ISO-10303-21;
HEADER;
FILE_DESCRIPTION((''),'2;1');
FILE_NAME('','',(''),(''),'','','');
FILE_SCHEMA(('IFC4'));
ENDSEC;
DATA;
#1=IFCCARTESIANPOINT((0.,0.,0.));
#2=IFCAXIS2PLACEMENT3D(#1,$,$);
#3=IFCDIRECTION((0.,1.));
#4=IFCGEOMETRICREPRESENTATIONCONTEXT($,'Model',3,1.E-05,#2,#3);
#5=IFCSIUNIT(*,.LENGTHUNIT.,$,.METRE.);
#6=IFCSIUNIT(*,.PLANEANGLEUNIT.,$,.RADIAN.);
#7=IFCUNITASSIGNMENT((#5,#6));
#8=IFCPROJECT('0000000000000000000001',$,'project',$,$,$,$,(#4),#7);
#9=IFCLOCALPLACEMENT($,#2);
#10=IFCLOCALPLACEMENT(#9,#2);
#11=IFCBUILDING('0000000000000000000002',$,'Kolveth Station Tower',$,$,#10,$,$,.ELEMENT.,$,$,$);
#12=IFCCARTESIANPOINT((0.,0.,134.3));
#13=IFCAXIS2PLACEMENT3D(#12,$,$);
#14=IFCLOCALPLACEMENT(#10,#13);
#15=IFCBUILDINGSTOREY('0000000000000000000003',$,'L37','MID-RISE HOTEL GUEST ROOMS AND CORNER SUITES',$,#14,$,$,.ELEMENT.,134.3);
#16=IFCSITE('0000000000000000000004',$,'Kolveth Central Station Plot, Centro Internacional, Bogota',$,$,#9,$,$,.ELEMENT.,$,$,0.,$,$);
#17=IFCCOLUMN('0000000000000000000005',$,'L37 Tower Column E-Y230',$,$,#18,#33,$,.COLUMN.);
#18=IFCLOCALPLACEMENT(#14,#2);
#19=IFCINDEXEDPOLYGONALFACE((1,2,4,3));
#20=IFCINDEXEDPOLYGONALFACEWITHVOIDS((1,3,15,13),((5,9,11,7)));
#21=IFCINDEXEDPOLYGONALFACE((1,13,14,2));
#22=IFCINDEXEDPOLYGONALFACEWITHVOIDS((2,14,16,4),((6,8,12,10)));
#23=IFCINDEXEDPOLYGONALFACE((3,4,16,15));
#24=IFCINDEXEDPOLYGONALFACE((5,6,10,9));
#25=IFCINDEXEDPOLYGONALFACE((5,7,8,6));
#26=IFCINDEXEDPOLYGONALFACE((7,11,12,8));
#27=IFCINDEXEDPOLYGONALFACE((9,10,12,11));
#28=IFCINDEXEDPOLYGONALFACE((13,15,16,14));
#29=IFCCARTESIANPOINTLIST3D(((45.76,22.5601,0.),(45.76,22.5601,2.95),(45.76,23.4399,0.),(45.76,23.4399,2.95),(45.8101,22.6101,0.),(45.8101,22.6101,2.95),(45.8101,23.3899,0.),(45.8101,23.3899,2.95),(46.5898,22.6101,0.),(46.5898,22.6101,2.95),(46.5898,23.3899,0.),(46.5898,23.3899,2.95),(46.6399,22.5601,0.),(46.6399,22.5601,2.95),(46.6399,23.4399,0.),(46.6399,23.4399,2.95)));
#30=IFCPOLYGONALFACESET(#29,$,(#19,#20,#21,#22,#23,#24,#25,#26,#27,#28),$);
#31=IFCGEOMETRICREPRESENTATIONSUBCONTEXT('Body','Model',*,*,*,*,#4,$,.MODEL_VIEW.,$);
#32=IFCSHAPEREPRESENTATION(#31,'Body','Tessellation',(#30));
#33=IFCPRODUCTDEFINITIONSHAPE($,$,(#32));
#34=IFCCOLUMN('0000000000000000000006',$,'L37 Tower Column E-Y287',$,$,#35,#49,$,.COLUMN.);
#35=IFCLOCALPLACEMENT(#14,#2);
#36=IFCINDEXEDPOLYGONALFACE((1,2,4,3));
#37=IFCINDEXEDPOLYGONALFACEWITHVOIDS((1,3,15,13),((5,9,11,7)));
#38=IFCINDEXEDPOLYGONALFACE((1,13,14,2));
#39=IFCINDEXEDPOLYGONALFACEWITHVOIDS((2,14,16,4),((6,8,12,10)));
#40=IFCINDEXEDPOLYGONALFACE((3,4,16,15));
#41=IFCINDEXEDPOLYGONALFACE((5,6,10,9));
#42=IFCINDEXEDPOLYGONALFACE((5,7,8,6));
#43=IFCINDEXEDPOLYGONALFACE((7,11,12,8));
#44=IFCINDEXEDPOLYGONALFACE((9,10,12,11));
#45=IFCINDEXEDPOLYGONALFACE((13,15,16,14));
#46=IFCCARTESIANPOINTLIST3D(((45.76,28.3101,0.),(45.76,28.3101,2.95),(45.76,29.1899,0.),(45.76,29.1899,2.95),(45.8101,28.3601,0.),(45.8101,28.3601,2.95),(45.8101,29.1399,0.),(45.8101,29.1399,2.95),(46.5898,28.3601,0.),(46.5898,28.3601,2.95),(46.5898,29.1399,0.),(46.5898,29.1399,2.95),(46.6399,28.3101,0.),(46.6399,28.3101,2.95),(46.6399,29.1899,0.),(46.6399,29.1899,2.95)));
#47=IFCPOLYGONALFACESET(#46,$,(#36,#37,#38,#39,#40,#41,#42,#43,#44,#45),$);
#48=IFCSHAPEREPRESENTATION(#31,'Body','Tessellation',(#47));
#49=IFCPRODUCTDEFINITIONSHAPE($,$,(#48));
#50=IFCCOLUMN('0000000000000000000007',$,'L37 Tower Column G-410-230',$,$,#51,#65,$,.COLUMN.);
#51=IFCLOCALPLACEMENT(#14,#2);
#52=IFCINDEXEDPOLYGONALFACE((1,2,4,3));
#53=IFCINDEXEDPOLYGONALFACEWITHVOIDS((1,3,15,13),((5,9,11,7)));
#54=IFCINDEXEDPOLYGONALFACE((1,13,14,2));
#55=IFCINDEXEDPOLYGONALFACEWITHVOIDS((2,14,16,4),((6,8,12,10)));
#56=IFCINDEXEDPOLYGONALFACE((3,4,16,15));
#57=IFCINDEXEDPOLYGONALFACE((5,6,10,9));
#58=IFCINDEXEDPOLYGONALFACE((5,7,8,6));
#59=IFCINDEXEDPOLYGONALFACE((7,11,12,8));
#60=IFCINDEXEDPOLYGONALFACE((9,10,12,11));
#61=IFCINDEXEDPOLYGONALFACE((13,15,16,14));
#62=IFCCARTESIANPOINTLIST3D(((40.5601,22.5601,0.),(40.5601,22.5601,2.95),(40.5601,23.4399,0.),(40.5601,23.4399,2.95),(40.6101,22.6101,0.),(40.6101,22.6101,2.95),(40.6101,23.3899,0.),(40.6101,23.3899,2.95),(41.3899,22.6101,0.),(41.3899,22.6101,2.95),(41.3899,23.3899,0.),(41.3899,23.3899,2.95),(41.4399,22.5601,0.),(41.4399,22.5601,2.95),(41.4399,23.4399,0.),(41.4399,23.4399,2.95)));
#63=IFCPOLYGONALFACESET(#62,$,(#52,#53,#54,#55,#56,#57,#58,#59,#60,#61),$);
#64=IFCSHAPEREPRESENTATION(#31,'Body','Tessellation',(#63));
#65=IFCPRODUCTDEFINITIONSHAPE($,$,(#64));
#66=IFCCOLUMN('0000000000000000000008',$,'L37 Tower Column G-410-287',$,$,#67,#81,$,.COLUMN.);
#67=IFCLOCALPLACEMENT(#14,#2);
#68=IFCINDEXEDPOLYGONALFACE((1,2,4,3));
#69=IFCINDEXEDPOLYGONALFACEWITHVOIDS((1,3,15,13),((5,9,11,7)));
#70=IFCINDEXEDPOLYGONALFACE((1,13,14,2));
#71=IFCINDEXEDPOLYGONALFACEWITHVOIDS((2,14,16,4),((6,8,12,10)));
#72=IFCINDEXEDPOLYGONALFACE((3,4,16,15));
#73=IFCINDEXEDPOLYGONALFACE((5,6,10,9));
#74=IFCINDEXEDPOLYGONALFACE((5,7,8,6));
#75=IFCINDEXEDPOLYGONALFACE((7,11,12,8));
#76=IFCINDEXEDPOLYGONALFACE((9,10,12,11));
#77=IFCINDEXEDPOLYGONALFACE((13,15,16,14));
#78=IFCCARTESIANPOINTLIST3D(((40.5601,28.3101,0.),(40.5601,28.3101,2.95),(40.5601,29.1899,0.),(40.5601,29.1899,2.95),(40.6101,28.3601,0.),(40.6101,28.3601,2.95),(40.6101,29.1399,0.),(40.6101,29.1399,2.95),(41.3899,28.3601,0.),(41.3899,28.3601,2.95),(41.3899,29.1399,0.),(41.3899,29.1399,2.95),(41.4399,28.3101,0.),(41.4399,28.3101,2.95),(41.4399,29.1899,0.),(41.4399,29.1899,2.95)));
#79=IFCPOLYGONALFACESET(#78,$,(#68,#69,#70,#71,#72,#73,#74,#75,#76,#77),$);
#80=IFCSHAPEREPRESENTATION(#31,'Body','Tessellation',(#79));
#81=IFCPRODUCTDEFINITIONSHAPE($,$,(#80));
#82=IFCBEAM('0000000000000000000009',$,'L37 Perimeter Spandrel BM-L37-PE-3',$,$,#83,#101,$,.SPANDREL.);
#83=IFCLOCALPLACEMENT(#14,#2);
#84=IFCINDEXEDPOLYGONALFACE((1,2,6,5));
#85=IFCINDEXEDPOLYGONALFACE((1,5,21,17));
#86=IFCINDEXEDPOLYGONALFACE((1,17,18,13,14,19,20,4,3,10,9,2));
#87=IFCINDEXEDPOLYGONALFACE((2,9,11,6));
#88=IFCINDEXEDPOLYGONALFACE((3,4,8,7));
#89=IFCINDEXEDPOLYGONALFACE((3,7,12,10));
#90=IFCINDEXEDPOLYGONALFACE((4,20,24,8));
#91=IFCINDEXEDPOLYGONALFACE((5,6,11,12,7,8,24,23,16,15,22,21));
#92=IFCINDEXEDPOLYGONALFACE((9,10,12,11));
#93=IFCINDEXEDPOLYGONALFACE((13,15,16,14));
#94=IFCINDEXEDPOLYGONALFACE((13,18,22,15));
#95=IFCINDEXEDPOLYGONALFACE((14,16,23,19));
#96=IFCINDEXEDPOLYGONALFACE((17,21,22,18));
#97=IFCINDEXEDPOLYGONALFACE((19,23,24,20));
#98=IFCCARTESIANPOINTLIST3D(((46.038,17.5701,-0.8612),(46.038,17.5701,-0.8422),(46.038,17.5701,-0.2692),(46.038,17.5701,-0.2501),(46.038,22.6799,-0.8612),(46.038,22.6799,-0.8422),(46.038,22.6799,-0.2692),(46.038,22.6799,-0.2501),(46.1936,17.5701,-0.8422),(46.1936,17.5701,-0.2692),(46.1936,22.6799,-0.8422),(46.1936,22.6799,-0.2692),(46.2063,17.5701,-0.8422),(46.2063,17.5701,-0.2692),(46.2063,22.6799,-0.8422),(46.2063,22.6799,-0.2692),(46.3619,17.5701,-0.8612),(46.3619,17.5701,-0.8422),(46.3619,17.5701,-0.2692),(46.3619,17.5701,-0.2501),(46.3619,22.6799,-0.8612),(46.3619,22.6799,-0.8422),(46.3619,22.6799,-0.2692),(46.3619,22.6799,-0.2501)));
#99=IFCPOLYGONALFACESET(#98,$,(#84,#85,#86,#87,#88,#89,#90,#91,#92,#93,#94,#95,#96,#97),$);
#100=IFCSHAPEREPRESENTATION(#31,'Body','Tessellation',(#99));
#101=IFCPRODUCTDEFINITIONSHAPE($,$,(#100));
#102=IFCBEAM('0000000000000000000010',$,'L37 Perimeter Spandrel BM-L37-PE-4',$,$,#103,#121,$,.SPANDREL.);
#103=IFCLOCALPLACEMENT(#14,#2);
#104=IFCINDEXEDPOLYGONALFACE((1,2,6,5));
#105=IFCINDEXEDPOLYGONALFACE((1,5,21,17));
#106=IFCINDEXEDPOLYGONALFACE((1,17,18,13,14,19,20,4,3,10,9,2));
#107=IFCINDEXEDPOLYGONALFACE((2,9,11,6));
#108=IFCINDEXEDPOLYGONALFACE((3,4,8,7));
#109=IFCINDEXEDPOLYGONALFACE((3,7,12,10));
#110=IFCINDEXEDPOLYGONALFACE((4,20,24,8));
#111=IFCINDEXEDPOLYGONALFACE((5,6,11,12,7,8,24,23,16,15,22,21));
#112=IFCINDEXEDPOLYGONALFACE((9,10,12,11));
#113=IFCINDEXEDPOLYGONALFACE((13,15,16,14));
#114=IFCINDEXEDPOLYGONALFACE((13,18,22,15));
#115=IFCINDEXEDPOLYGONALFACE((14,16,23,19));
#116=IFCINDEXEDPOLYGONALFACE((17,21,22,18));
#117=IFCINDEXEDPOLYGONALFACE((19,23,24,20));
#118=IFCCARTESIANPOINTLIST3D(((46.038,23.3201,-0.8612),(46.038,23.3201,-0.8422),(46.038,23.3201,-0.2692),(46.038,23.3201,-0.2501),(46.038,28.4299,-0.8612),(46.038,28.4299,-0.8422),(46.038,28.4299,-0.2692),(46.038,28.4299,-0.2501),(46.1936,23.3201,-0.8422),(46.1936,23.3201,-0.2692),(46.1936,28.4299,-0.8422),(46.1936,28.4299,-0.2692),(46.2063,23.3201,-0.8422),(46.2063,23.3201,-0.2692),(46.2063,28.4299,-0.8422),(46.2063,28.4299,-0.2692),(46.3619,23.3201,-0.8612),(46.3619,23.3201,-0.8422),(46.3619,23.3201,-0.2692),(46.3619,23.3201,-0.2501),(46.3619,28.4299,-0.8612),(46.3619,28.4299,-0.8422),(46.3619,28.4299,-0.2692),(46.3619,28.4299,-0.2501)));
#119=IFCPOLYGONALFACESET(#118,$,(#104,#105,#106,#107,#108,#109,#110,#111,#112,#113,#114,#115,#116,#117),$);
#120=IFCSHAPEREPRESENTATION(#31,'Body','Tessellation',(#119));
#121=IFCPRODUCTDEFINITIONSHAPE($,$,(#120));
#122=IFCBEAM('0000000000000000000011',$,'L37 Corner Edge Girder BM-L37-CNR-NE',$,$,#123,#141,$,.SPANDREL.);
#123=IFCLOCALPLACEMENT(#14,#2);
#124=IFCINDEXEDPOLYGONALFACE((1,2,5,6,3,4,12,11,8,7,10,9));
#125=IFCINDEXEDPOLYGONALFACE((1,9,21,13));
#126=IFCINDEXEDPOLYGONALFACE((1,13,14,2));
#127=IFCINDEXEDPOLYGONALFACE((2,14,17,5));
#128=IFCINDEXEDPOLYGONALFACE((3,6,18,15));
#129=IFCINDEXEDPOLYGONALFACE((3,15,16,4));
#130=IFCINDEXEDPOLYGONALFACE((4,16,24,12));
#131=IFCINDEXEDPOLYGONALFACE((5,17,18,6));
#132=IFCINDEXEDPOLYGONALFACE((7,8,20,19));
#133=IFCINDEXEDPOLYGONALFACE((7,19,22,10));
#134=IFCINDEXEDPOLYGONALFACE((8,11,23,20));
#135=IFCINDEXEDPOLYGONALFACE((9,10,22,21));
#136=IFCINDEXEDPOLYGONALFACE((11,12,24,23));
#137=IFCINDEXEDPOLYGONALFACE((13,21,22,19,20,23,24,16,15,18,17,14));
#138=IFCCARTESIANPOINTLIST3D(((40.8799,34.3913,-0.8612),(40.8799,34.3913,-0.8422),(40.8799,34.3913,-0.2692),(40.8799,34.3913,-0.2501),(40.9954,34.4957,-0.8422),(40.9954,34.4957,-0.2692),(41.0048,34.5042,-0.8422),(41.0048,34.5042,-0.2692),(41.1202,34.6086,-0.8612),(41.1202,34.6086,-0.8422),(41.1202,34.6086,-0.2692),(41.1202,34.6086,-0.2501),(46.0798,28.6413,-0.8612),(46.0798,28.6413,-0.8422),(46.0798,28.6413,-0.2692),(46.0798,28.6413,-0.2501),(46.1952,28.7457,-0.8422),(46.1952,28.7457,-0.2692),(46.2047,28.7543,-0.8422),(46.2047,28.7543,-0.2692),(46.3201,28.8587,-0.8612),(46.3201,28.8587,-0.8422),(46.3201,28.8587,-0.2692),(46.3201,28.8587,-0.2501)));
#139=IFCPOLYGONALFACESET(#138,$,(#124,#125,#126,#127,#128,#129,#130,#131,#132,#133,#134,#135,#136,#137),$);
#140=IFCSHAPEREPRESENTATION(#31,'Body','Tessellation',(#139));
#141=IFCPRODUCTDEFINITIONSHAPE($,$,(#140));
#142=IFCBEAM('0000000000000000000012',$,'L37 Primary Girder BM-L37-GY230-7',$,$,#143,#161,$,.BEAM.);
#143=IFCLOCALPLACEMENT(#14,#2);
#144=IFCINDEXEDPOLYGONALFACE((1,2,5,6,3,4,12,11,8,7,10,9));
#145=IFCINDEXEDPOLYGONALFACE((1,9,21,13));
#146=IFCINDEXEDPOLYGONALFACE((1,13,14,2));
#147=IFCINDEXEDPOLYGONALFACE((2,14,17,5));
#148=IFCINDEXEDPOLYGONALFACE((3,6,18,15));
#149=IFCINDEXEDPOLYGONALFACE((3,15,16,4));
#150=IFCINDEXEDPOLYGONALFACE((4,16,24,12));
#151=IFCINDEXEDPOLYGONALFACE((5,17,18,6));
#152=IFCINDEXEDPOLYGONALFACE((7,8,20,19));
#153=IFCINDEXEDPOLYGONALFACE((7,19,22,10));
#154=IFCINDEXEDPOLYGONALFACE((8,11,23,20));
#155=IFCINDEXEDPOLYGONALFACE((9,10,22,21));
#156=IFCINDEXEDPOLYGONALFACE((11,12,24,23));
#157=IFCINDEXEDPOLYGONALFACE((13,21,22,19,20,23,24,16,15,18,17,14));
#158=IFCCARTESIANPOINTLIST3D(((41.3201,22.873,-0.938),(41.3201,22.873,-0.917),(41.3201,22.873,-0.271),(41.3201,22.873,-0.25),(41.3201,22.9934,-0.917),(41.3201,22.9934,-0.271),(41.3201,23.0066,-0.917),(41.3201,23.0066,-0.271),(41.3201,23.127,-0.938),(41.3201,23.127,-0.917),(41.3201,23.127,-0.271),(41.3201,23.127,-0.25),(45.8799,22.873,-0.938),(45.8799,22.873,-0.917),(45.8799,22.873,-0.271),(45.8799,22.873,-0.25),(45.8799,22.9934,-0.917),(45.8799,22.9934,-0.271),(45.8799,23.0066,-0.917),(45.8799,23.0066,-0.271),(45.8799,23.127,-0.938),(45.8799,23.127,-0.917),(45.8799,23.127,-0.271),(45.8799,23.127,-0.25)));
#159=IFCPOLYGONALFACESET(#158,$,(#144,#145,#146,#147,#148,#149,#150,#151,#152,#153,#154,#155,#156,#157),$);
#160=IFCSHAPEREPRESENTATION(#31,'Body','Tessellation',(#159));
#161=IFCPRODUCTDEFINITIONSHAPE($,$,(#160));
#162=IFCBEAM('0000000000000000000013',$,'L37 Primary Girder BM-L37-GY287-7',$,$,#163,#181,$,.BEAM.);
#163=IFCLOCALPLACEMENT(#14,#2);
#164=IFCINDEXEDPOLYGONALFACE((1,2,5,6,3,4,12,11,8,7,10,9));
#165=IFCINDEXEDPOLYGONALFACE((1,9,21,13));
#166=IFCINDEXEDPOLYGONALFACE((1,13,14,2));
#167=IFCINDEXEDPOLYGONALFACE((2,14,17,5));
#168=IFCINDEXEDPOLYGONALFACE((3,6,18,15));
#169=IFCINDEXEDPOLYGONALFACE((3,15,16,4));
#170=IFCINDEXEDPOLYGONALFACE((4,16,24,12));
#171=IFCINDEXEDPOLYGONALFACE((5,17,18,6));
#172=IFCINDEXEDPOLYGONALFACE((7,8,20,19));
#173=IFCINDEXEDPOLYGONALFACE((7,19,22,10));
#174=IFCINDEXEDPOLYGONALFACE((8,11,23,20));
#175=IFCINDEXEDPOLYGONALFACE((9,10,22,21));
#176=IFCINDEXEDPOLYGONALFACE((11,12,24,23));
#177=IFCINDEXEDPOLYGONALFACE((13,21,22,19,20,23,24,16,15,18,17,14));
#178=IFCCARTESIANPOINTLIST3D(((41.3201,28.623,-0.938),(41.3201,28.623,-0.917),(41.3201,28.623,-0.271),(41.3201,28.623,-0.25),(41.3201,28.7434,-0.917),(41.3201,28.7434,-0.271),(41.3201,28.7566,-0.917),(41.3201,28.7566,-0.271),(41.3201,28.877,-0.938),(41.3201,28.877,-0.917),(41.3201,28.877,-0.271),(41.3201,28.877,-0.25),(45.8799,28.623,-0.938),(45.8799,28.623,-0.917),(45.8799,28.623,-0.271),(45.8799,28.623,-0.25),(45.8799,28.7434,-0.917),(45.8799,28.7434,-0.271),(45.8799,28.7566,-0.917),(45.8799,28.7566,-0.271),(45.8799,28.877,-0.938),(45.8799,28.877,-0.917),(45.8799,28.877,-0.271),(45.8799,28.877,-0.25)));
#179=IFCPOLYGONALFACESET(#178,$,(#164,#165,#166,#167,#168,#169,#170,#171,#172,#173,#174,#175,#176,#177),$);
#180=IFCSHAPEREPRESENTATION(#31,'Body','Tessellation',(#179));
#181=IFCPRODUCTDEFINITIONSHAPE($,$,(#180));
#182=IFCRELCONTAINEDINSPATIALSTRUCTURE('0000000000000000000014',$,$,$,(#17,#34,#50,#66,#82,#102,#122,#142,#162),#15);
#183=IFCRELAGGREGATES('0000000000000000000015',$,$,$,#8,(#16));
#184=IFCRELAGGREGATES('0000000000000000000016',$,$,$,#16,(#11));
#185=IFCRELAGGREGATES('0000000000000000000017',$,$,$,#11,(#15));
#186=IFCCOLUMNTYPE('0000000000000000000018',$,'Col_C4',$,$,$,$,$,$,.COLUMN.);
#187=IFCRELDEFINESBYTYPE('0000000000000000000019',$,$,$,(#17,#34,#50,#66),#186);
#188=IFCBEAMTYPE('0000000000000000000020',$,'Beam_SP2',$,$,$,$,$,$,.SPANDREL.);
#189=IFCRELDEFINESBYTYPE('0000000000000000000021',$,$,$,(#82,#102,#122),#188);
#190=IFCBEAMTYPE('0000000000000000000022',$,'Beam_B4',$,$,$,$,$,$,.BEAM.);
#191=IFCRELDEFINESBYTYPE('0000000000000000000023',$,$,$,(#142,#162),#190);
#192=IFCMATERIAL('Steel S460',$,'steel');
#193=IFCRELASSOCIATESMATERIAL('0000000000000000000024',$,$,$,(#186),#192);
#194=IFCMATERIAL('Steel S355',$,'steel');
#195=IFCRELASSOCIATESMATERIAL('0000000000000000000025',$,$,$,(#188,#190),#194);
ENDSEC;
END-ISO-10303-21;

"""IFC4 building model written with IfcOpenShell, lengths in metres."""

from ifc_helpers import new_model, si_unit, direction, frame, origin, origin_2d, place, context, subcontext, project, spatial, hollow_rectangle, i_section, extrude, source, transform, mapped, material, material_profile, profile_set, type_object, element, save


model = new_model("IFC4")

# Units and contexts
model_context = context("Model", 3, precision=1e-05, world=origin(), true_north=direction((0.0, 1.0)))
body_context = subcontext(model_context, "Body", "Model", "MODEL_VIEW")
ifc_project = project(units=[si_unit("LENGTHUNIT", "METRE"), si_unit("PLANEANGLEUNIT", "RADIAN")], contexts=[model_context])

# Site, building, storey
site_placement = place(None, origin())
site = spatial("IfcSite", under=ifc_project, at=site_placement, Name="Kolveth Central Station Plot, Centro Internacional, Bogota", CompositionType="ELEMENT", RefElevation=0.0)
building_placement = place(site_placement, origin())
building = spatial("IfcBuilding", under=site, at=building_placement, Name="Kolveth Station Tower", CompositionType="ELEMENT")
storey_placement = place(building_placement, frame((0.0, 0.0, 134.3)))
storey = spatial("IfcBuildingStorey", under=building, at=storey_placement, Name="L37", Description="MID-RISE HOTEL GUEST ROOMS AND CORNER SUITES", CompositionType="ELEMENT", Elevation=134.3)

# Columns
ifc_material_1 = material(Name="Steel S460", Category="steel")
ifc_material_profile_1 = material_profile(ifc_material_1, hollow_rectangle(XDim=0.8799, YDim=0.8799, WallThickness=0.05, at=origin_2d()), Name="BOX880x880x50")
ifc_profile_set_1 = profile_set([ifc_material_profile_1], Name="Steel S460")
column_type = type_object("IfcColumnType", Name="Col_C4", PredefinedType="COLUMN", material=ifc_profile_set_1)
shared_shape_1 = source(origin(), body_context, "Body", "SweptSolid", [
    extrude(hollow_rectangle(XDim=0.8799, YDim=0.8799, WallThickness=0.05, at=origin_2d()), origin(), (0.0, 0.0, 1.0), 2.95),
])
for number, where, z_axis, x_axis, name in (
    (1, (46.2, 23.0, 0.0), (0.0, 0.0, 1.0), (1.0, 0.0, 0.0), "L37 Tower Column E-Y230"),
    (2, (46.2, 28.75, 0.0), (0.0, 0.0, 1.0), (1.0, 0.0, 0.0), "L37 Tower Column E-Y287"),
    (3, (41.0, 23.0, 0.0), (0.0, 0.0, 1.0), (1.0, 0.0, 0.0), "L37 Tower Column G-410-230"),
    (4, (41.0, 28.75, 0.0), (0.0, 0.0, 1.0), (1.0, 0.0, 0.0), "L37 Tower Column G-410-287"),
):
    element("IfcColumn", number, at=place(storey_placement, frame(where, z_axis=z_axis, x_axis=x_axis)), inside=storey, type_object=column_type, Name=name, PredefinedType="COLUMN", context=body_context, shape_type="MappedRepresentation", body=[
        mapped(shared_shape_1, transform((0.0, 0.0, 0.0), x_axis=(1.0, 0.0, 0.0), y_axis=(0.0, 1.0, 0.0), z_axis=(0.0, 0.0, 1.0), scale=1.0)),
    ])

# Beams
ifc_material_2 = material(Name="Steel S355", Category="steel")
ifc_material_profile_2 = material_profile(ifc_material_2, i_section(OverallWidth=0.324, OverallDepth=0.6111, WebThickness=0.0127, FlangeThickness=0.019, at=origin_2d()), Name="W610x155")
ifc_profile_set_2 = profile_set([ifc_material_profile_2], Name="Steel S355")
beam_type_1 = type_object("IfcBeamType", Name="Beam_SP2", PredefinedType="SPANDREL", material=ifc_profile_set_2)
shared_shape_2 = source(origin(), body_context, "Body", "SweptSolid", [
    extrude(i_section(OverallWidth=0.324, OverallDepth=0.6111, WebThickness=0.0127, FlangeThickness=0.019, at=origin_2d()), origin(), (0.0, 0.0, 1.0), 5.1099),
])
for number, where, z_axis, x_axis, name in (
    (5, (46.2, 17.5701, -0.5557), (0.0, 1.0, 0.0), (-1.0, 0.0, 0.0), "L37 Perimeter Spandrel BM-L37-PE-3"),
    (6, (46.2, 23.3201, -0.5557), (0.0, 1.0, 0.0), (-1.0, 0.0, 0.0), "L37 Perimeter Spandrel BM-L37-PE-4"),
):
    element("IfcBeam", number, at=place(storey_placement, frame(where, z_axis=z_axis, x_axis=x_axis)), inside=storey, type_object=beam_type_1, Name=name, PredefinedType="SPANDREL", context=body_context, shape_type="MappedRepresentation", body=[
        mapped(shared_shape_2, transform((0.0, 0.0, 0.0), x_axis=(1.0, 0.0, 0.0), y_axis=(0.0, 1.0, 0.0), z_axis=(0.0, 0.0, 1.0), scale=1.0)),
    ])
shared_shape_3 = source(origin(), body_context, "Body", "SweptSolid", [
    extrude(i_section(OverallWidth=0.324, OverallDepth=0.6111, WebThickness=0.0127, FlangeThickness=0.019, at=origin_2d()), origin(), (0.0, 0.0, 1.0), 7.7524),
])
beam_placement = place(storey_placement, frame((46.2, 28.75, -0.5557), z_axis=(-0.670741, 0.741692, 0.0), x_axis=(-0.741692, -0.670741, 0.0)))
element("IfcBeam", 7, at=beam_placement, inside=storey, type_object=beam_type_1, Name="L37 Corner Edge Girder BM-L37-CNR-NE", PredefinedType="SPANDREL", context=body_context, shape_type="MappedRepresentation", body=[
    mapped(shared_shape_3, transform((0.0, 0.0, 0.0), x_axis=(1.0, 0.0, 0.0), y_axis=(0.0, 1.0, 0.0), z_axis=(0.0, 0.0, 1.0), scale=1.0)),
])
ifc_material_profile_3 = material_profile(ifc_material_2, i_section(OverallWidth=0.2539, OverallDepth=0.688, WebThickness=0.0132, FlangeThickness=0.021, at=origin_2d()), Name="W690x152")
ifc_profile_set_3 = profile_set([ifc_material_profile_3], Name="Steel S355")
beam_type_2 = type_object("IfcBeamType", Name="Beam_B4", PredefinedType="BEAM", material=ifc_profile_set_3)
shared_shape_4 = source(origin(), body_context, "Body", "SweptSolid", [
    extrude(i_section(OverallWidth=0.2539, OverallDepth=0.688, WebThickness=0.0132, FlangeThickness=0.021, at=origin_2d()), origin(), (0.0, 0.0, 1.0), 4.5598),
])
for number, where, z_axis, x_axis, name in (
    (8, (41.3201, 23.0, -0.594), (1.0, 0.0, 0.0), (0.0, 1.0, 0.0), "L37 Primary Girder BM-L37-GY230-7"),
    (9, (41.3201, 28.75, -0.594), (1.0, 0.0, 0.0), (0.0, 1.0, 0.0), "L37 Primary Girder BM-L37-GY287-7"),
):
    element("IfcBeam", number, at=place(storey_placement, frame(where, z_axis=z_axis, x_axis=x_axis)), inside=storey, type_object=beam_type_2, Name=name, PredefinedType="BEAM", context=body_context, shape_type="MappedRepresentation", body=[
        mapped(shared_shape_4, transform((0.0, 0.0, 0.0), x_axis=(1.0, 0.0, 0.0), y_axis=(0.0, 1.0, 0.0), z_axis=(0.0, 0.0, 1.0), scale=1.0)),
    ])

save(model, "model.ifc")
